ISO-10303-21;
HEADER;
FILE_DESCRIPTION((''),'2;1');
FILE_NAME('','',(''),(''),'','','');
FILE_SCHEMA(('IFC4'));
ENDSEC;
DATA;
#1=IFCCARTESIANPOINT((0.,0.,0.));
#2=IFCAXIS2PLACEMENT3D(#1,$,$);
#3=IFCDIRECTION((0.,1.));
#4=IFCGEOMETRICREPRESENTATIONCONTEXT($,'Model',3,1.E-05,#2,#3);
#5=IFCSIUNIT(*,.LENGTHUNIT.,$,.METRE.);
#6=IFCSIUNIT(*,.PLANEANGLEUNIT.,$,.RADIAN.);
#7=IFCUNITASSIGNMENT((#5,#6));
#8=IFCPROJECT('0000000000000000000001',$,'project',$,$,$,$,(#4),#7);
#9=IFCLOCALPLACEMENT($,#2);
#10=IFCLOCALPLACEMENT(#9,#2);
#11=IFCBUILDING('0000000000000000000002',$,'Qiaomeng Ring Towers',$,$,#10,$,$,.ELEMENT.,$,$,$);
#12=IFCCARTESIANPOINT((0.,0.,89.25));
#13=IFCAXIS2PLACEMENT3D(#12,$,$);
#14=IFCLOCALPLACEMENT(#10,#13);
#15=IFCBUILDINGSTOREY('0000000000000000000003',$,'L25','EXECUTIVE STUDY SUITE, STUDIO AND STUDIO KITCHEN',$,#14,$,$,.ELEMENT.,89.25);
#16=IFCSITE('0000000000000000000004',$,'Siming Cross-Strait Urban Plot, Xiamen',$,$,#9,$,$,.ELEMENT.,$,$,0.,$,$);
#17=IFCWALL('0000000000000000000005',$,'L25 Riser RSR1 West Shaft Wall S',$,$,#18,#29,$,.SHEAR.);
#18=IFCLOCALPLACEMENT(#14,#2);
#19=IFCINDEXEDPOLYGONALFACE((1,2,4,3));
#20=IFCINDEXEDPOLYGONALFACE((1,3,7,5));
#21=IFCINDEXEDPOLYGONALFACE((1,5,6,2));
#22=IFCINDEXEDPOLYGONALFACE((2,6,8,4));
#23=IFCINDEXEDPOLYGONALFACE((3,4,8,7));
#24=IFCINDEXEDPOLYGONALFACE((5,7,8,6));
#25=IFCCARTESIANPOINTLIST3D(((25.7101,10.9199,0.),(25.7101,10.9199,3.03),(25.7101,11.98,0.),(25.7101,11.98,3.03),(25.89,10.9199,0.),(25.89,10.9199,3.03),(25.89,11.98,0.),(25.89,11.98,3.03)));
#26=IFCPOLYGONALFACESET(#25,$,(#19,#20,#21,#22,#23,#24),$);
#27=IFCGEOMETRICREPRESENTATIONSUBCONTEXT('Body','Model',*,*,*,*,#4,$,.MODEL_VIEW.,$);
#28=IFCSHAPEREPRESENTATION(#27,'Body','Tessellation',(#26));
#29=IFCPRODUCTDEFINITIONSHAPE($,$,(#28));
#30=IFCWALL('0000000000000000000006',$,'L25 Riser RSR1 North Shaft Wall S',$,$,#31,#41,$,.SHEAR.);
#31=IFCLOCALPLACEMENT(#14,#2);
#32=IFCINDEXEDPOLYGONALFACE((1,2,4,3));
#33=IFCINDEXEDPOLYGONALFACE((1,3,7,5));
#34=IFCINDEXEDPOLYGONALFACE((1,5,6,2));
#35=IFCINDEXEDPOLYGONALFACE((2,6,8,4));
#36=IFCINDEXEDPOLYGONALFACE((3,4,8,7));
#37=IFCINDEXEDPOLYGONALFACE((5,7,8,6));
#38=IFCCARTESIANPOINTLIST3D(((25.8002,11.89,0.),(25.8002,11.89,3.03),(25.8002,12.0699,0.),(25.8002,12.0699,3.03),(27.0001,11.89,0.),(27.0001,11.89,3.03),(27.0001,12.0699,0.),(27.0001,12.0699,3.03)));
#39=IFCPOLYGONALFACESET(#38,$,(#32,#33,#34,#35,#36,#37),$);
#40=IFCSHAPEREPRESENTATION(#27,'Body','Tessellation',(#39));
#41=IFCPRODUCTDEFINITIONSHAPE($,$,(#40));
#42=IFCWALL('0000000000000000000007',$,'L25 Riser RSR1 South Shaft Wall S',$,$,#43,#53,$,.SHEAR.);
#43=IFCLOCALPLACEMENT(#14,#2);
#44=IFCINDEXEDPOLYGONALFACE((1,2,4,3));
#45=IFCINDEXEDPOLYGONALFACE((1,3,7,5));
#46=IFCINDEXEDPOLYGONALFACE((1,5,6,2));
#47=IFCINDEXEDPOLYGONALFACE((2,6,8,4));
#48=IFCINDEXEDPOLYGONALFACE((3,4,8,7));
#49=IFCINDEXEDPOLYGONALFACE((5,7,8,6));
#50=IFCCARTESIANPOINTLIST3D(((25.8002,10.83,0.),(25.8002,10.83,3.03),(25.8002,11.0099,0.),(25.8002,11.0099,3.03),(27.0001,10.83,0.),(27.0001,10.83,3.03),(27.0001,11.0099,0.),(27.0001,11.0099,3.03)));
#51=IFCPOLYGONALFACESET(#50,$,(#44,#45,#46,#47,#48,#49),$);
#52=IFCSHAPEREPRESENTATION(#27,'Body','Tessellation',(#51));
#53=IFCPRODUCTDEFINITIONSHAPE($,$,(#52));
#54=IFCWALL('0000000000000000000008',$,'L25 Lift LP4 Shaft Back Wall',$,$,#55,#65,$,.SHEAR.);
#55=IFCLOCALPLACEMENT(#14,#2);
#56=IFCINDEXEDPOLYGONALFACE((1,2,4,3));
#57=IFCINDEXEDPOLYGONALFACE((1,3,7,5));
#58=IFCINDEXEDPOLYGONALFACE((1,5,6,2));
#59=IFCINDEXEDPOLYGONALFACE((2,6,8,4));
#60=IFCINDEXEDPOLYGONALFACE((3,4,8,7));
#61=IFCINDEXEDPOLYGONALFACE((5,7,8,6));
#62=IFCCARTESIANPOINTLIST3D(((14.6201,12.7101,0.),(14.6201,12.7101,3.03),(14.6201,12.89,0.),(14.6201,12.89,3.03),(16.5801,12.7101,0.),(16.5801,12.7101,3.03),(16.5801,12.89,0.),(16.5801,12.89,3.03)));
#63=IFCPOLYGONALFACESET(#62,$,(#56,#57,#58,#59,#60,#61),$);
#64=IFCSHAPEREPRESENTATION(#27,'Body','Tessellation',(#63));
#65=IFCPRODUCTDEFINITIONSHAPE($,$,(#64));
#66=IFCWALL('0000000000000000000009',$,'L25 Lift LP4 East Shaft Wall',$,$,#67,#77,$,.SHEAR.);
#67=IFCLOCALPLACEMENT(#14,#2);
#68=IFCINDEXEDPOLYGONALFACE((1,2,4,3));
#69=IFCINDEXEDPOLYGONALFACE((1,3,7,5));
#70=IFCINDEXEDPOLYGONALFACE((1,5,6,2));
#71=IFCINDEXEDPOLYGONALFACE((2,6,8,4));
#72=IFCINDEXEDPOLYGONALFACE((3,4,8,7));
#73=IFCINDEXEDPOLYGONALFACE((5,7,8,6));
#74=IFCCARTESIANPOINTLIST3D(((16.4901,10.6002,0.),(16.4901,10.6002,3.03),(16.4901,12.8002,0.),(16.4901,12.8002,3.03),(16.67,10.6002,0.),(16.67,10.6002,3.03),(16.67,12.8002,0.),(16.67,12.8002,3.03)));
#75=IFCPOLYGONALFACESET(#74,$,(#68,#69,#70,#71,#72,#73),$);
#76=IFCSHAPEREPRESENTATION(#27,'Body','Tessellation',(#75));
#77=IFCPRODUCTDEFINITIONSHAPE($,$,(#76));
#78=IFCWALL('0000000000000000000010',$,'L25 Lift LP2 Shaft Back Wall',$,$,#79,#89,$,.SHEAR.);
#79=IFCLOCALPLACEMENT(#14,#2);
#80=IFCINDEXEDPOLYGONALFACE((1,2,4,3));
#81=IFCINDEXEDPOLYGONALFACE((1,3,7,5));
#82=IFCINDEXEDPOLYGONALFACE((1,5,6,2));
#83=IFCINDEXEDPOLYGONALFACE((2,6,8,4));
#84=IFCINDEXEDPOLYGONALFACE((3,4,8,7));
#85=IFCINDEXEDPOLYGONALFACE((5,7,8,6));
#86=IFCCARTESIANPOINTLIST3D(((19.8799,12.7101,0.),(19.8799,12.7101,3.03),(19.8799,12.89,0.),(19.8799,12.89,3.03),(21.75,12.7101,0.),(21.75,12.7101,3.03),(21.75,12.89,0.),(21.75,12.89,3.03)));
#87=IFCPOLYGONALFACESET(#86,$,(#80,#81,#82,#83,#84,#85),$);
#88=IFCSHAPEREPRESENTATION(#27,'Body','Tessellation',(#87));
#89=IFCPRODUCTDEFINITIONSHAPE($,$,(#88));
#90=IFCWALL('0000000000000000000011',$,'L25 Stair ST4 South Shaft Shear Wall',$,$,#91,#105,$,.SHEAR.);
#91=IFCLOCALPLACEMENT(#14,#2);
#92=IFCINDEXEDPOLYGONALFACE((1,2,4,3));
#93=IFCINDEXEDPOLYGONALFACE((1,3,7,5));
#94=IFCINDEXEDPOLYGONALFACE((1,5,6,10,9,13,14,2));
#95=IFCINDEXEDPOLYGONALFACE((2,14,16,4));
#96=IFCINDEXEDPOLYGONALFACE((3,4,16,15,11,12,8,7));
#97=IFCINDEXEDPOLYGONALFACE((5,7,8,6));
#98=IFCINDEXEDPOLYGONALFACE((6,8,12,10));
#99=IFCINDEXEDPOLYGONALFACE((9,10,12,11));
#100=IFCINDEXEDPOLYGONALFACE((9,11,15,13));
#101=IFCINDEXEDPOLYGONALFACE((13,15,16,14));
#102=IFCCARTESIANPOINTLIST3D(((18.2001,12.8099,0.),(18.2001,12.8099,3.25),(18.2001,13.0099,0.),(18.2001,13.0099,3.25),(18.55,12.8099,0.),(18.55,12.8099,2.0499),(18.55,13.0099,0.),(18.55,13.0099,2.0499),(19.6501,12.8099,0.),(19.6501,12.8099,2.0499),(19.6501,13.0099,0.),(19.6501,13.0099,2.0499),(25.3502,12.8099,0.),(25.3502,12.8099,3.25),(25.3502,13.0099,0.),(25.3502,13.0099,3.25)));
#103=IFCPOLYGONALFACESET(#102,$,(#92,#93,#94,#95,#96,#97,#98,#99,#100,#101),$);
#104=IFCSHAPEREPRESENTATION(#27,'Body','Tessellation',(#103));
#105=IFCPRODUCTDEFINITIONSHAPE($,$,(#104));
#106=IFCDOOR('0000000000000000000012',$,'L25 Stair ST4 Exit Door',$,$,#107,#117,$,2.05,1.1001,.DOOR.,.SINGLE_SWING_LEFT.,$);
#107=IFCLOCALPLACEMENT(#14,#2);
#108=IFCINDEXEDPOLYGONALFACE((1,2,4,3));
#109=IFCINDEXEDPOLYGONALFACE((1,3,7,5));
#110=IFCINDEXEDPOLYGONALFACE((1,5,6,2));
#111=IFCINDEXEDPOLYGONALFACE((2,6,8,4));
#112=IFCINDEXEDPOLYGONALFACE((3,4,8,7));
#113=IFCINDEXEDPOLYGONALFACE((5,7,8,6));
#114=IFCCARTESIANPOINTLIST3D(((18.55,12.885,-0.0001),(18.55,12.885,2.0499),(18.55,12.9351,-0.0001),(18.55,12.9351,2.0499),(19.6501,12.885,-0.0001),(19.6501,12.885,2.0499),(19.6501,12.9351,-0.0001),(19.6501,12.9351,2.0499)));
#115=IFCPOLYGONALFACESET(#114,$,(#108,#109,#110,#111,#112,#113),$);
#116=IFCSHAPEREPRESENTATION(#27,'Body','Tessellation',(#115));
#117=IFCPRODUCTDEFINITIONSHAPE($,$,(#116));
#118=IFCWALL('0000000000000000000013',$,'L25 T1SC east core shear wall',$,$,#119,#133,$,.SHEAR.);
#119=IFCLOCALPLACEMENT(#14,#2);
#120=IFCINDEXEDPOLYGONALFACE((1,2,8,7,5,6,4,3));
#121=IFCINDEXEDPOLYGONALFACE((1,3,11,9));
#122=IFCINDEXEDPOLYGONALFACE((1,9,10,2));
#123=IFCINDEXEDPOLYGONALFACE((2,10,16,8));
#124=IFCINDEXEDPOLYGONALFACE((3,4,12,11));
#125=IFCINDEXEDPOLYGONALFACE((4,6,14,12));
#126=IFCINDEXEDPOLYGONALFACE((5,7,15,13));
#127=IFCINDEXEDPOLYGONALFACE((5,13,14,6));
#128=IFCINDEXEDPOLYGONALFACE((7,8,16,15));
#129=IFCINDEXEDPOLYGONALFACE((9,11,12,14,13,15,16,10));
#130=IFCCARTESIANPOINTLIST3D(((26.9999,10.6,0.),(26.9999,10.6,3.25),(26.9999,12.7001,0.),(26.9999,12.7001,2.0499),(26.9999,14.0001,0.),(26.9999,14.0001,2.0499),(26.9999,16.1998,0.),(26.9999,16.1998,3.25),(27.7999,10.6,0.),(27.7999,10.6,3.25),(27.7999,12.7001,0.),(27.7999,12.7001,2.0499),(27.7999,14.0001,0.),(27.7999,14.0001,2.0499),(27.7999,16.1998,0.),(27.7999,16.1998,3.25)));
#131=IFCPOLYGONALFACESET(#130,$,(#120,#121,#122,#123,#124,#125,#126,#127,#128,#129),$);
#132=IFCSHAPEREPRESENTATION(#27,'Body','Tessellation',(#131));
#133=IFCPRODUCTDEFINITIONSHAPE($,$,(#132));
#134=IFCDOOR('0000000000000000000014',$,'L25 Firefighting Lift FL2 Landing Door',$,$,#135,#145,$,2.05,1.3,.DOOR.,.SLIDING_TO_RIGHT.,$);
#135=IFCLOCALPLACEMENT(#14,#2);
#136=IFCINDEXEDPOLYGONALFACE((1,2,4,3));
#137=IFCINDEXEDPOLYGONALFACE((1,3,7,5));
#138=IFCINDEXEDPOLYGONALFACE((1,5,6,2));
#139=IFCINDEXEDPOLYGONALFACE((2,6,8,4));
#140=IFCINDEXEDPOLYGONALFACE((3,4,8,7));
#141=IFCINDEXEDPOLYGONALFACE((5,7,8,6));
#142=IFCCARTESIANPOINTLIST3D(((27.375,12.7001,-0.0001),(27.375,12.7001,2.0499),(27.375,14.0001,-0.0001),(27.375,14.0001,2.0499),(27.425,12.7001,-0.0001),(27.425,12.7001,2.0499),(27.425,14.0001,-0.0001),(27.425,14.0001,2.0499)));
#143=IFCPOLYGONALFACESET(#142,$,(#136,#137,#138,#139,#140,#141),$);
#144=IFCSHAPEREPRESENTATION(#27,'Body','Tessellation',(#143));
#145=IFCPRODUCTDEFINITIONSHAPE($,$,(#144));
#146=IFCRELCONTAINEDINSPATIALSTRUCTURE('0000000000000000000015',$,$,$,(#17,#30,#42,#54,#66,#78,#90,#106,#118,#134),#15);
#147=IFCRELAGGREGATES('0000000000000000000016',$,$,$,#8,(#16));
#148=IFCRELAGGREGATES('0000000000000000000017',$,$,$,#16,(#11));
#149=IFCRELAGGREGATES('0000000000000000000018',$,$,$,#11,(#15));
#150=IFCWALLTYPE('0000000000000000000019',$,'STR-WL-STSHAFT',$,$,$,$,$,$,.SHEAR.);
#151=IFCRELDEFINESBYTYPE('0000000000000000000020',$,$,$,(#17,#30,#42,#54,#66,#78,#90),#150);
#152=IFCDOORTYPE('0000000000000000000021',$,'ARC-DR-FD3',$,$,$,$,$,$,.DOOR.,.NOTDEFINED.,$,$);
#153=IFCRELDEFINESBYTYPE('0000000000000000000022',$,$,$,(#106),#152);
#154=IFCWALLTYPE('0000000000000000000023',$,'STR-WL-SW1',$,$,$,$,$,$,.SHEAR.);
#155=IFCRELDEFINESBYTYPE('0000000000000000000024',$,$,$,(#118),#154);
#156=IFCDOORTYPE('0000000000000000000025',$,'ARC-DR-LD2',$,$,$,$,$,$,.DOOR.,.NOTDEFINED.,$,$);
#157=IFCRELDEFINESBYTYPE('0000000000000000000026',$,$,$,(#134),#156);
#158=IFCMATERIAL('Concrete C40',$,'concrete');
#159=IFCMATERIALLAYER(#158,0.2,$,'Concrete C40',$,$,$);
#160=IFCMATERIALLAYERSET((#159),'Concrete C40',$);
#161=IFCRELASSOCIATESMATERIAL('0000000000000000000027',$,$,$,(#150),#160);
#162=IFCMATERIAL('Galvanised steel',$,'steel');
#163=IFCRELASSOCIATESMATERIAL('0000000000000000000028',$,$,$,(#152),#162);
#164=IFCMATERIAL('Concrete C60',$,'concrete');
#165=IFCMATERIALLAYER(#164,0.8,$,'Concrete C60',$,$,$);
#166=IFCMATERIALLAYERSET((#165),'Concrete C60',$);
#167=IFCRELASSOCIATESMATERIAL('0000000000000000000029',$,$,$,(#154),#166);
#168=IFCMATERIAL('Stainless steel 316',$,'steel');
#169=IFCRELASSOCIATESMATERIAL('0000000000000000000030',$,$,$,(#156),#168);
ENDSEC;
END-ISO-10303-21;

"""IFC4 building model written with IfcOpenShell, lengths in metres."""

from ifc_helpers import new_model, si_unit, direction, frame, frame_2d, origin, place, context, subcontext, project, spatial, rectangle, extrude, source, transform, mapped, material, layer, layer_set, type_object, element, fill, save


model = new_model("IFC4")

# Units and contexts
model_context = context("Model", 3, precision=1e-05, world=origin(), true_north=direction((0.0, 1.0)))
body_context = subcontext(model_context, "Body", "Model", "MODEL_VIEW")
ifc_project = project(units=[si_unit("LENGTHUNIT", "METRE"), si_unit("PLANEANGLEUNIT", "RADIAN")], contexts=[model_context])

# Site, building, storey
site_placement = place(None, origin())
site = spatial("IfcSite", under=ifc_project, at=site_placement, Name="Siming Cross-Strait Urban Plot, Xiamen", CompositionType="ELEMENT", RefElevation=0.0)
building_placement = place(site_placement, origin())
building = spatial("IfcBuilding", under=site, at=building_placement, Name="Qiaomeng Ring Towers", CompositionType="ELEMENT")
storey_placement = place(building_placement, frame((0.0, 0.0, 89.25)))
storey = spatial("IfcBuildingStorey", under=building, at=storey_placement, Name="L25", Description="EXECUTIVE STUDY SUITE, STUDIO AND STUDIO KITCHEN", CompositionType="ELEMENT", Elevation=89.25)

# Walls
ifc_material_1 = material(Name="Concrete C40", Category="concrete")
ifc_layer_1 = layer(ifc_material_1, 0.2, Name="Concrete C40")
ifc_layer_set_1 = layer_set([ifc_layer_1], Name="Concrete C40")
wall_type_1 = type_object("IfcWallType", Name="STR-WL-STSHAFT", PredefinedType="SHEAR", material=ifc_layer_set_1)
wall_1_placement = place(storey_placement, frame((25.8, 10.9199, 0.0), z_axis=(0.0, 0.0, 1.0), x_axis=(0.0, 1.0, 0.0)))
element("IfcWall", 1, at=wall_1_placement, inside=storey, type_object=wall_type_1, Name="L25 Riser RSR1 West Shaft Wall S", PredefinedType="SHEAR", context=body_context, shape_type="SweptSolid", body=[
    extrude(rectangle(XDim=1.0601, YDim=0.1799, at=frame_2d((0.53, 0.0))), origin(), (0.0, 0.0, 1.0), 3.03),
])
for number, where, z_axis, x_axis, name in (
    (2, (25.8, 11.98, 0.0), (0.0, 0.0, 1.0), (1.0, 0.0, 0.0), "L25 Riser RSR1 North Shaft Wall S"),
    (3, (25.8, 10.9199, 0.0), (0.0, 0.0, 1.0), (1.0, 0.0, 0.0), "L25 Riser RSR1 South Shaft Wall S"),
):
    element("IfcWall", number, at=place(storey_placement, frame(where, z_axis=z_axis, x_axis=x_axis)), inside=storey, type_object=wall_type_1, Name=name, PredefinedType="SHEAR", context=body_context, shape_type="SweptSolid", body=[
        extrude(rectangle(XDim=1.2, YDim=0.1799, at=frame_2d((0.6001, 0.0))), origin(), (0.0, 0.0, 1.0), 3.03),
    ])
wall_2_placement = place(storey_placement, frame((14.6201, 12.8, 0.0), z_axis=(0.0, 0.0, 1.0), x_axis=(1.0, 0.0, 0.0)))
element("IfcWall", 4, at=wall_2_placement, inside=storey, type_object=wall_type_1, Name="L25 Lift LP4 Shaft Back Wall", PredefinedType="SHEAR", context=body_context, shape_type="SweptSolid", body=[
    extrude(rectangle(XDim=1.96, YDim=0.1799, at=frame_2d((0.98, 0.0))), origin(), (0.0, 0.0, 1.0), 3.03),
])
wall_3_placement = place(storey_placement, frame((16.5801, 10.6001, 0.0), z_axis=(0.0, 0.0, 1.0), x_axis=(0.0, 1.0, 0.0)))
element("IfcWall", 5, at=wall_3_placement, inside=storey, type_object=wall_type_1, Name="L25 Lift LP4 East Shaft Wall", PredefinedType="SHEAR", context=body_context, shape_type="SweptSolid", body=[
    extrude(rectangle(XDim=2.2, YDim=0.1799, at=frame_2d((1.1001, 0.0))), origin(), (0.0, 0.0, 1.0), 3.03),
])
wall_4_placement = place(storey_placement, frame((19.8799, 12.8, 0.0), z_axis=(0.0, 0.0, 1.0), x_axis=(1.0, 0.0, 0.0)))
element("IfcWall", 6, at=wall_4_placement, inside=storey, type_object=wall_type_1, Name="L25 Lift LP2 Shaft Back Wall", PredefinedType="SHEAR", context=body_context, shape_type="SweptSolid", body=[
    extrude(rectangle(XDim=1.8701, YDim=0.1799, at=frame_2d((0.9351, 0.0))), origin(), (0.0, 0.0, 1.0), 3.03),
])

# Walls, openings, doors
wall_5_placement = place(storey_placement, frame((18.2, 12.9099, 0.0), z_axis=(0.0, 0.0, 1.0), x_axis=(1.0, 0.0, 0.0)))
wall_5 = element("IfcWall", 7, at=wall_5_placement, inside=storey, type_object=wall_type_1, Name="L25 Stair ST4 South Shaft Shear Wall", PredefinedType="SHEAR", context=body_context, shape_type="SweptSolid", body=[
    extrude(rectangle(XDim=7.1501, YDim=0.2, at=frame_2d((3.5752, 0.0))), origin(), (0.0, 0.0, 1.0), 3.25),
])
opening_1_placement = place(wall_5_placement, frame((0.3501, 0.0, 0.0)))
opening_1 = element("IfcOpeningElement", 8, at=opening_1_placement, cuts=wall_5, PredefinedType="OPENING", context=body_context, shape_type="SweptSolid", body=[
    extrude(rectangle(XDim=1.1001, YDim=2.05, at=frame_2d((0.55, 1.0249))), frame((0.0, 0.1099, 0.0), z_axis=(0.0, -1.0, 0.0), x_axis=(1.0, 0.0, 0.0)), (0.0, 0.0, 1.0), 0.22),
])
ifc_material_2 = material(Name="Galvanised steel", Category="steel")
door_type_1 = type_object("IfcDoorType", Name="ARC-DR-FD3", OperationType="NOTDEFINED", PredefinedType="DOOR", material=ifc_material_2)
shared_shape_1 = source(origin(), body_context, "Body", "SweptSolid", [
    extrude(rectangle(XDim=1.1001, YDim=2.05, at=frame_2d((0.55, 1.0249))), frame((0.0, 0.0249, 0.0), z_axis=(0.0, -1.0, 0.0), x_axis=(1.0, 0.0, 0.0)), (0.0, 0.0, 1.0), 0.05),
])
door_1_placement = place(opening_1_placement, frame((1.1001, 0.0, 0.0), z_axis=(0.0, 0.0, 1.0), x_axis=(-1.0, 0.0, 0.0)))
door_1 = element("IfcDoor", 9, at=door_1_placement, inside=storey, type_object=door_type_1, Name="L25 Stair ST4 Exit Door", OperationType="SINGLE_SWING_LEFT", OverallHeight=2.05, OverallWidth=1.1001, PredefinedType="DOOR", context=body_context, shape_type="MappedRepresentation", body=[
    mapped(shared_shape_1, transform((0.0, 0.0, 0.0), x_axis=(1.0, 0.0, 0.0), y_axis=(0.0, 1.0, 0.0), z_axis=(0.0, 0.0, 1.0), scale=1.0)),
])
fill(opening_1, door_1)
ifc_material_3 = material(Name="Concrete C60", Category="concrete")
ifc_layer_2 = layer(ifc_material_3, 0.8, Name="Concrete C60")
ifc_layer_set_2 = layer_set([ifc_layer_2], Name="Concrete C60")
wall_type_2 = type_object("IfcWallType", Name="STR-WL-SW1", PredefinedType="SHEAR", material=ifc_layer_set_2)
wall_6_placement = place(storey_placement, frame((27.3999, 10.6001, 0.0), z_axis=(0.0, 0.0, 1.0), x_axis=(0.0, 1.0, 0.0)))
wall_6 = element("IfcWall", 10, at=wall_6_placement, inside=storey, type_object=wall_type_2, Name="L25 T1SC east core shear wall", PredefinedType="SHEAR", context=body_context, shape_type="SweptSolid", body=[
    extrude(rectangle(XDim=5.5999, YDim=0.8, at=frame_2d((2.7998, 0.0))), origin(), (0.0, 0.0, 1.0), 3.25),
])
opening_2_placement = place(wall_6_placement, frame((2.1001, 0.0, 0.0)))
opening_2 = element("IfcOpeningElement", 11, at=opening_2_placement, cuts=wall_6, PredefinedType="OPENING", context=body_context, shape_type="SweptSolid", body=[
    extrude(rectangle(XDim=1.3, YDim=2.05, at=frame_2d((0.6499, 1.0249))), frame((0.0, 0.4099, 0.0), z_axis=(0.0, -1.0, 0.0), x_axis=(1.0, 0.0, 0.0)), (0.0, 0.0, 1.0), 0.8201),
])
ifc_material_4 = material(Name="Stainless steel 316", Category="steel")
door_type_2 = type_object("IfcDoorType", Name="ARC-DR-LD2", OperationType="NOTDEFINED", PredefinedType="DOOR", material=ifc_material_4)
shared_shape_2 = source(origin(), body_context, "Body", "SweptSolid", [
    extrude(rectangle(XDim=1.3, YDim=2.05, at=frame_2d((0.6499, 1.0249))), frame((0.0, 0.0249, 0.0), z_axis=(0.0, -1.0, 0.0), x_axis=(1.0, 0.0, 0.0)), (0.0, 0.0, 1.0), 0.05),
])
door_2_placement = place(opening_2_placement, origin())
door_2 = element("IfcDoor", 12, at=door_2_placement, inside=storey, type_object=door_type_2, Name="L25 Firefighting Lift FL2 Landing Door", OperationType="SLIDING_TO_RIGHT", OverallHeight=2.05, OverallWidth=1.3, PredefinedType="DOOR", context=body_context, shape_type="MappedRepresentation", body=[
    mapped(shared_shape_2, transform((0.0, 0.0, 0.0), x_axis=(1.0, 0.0, 0.0), y_axis=(0.0, 1.0, 0.0), z_axis=(0.0, 0.0, 1.0), scale=1.0)),
])
fill(opening_2, door_2)

save(model, "model.ifc")
